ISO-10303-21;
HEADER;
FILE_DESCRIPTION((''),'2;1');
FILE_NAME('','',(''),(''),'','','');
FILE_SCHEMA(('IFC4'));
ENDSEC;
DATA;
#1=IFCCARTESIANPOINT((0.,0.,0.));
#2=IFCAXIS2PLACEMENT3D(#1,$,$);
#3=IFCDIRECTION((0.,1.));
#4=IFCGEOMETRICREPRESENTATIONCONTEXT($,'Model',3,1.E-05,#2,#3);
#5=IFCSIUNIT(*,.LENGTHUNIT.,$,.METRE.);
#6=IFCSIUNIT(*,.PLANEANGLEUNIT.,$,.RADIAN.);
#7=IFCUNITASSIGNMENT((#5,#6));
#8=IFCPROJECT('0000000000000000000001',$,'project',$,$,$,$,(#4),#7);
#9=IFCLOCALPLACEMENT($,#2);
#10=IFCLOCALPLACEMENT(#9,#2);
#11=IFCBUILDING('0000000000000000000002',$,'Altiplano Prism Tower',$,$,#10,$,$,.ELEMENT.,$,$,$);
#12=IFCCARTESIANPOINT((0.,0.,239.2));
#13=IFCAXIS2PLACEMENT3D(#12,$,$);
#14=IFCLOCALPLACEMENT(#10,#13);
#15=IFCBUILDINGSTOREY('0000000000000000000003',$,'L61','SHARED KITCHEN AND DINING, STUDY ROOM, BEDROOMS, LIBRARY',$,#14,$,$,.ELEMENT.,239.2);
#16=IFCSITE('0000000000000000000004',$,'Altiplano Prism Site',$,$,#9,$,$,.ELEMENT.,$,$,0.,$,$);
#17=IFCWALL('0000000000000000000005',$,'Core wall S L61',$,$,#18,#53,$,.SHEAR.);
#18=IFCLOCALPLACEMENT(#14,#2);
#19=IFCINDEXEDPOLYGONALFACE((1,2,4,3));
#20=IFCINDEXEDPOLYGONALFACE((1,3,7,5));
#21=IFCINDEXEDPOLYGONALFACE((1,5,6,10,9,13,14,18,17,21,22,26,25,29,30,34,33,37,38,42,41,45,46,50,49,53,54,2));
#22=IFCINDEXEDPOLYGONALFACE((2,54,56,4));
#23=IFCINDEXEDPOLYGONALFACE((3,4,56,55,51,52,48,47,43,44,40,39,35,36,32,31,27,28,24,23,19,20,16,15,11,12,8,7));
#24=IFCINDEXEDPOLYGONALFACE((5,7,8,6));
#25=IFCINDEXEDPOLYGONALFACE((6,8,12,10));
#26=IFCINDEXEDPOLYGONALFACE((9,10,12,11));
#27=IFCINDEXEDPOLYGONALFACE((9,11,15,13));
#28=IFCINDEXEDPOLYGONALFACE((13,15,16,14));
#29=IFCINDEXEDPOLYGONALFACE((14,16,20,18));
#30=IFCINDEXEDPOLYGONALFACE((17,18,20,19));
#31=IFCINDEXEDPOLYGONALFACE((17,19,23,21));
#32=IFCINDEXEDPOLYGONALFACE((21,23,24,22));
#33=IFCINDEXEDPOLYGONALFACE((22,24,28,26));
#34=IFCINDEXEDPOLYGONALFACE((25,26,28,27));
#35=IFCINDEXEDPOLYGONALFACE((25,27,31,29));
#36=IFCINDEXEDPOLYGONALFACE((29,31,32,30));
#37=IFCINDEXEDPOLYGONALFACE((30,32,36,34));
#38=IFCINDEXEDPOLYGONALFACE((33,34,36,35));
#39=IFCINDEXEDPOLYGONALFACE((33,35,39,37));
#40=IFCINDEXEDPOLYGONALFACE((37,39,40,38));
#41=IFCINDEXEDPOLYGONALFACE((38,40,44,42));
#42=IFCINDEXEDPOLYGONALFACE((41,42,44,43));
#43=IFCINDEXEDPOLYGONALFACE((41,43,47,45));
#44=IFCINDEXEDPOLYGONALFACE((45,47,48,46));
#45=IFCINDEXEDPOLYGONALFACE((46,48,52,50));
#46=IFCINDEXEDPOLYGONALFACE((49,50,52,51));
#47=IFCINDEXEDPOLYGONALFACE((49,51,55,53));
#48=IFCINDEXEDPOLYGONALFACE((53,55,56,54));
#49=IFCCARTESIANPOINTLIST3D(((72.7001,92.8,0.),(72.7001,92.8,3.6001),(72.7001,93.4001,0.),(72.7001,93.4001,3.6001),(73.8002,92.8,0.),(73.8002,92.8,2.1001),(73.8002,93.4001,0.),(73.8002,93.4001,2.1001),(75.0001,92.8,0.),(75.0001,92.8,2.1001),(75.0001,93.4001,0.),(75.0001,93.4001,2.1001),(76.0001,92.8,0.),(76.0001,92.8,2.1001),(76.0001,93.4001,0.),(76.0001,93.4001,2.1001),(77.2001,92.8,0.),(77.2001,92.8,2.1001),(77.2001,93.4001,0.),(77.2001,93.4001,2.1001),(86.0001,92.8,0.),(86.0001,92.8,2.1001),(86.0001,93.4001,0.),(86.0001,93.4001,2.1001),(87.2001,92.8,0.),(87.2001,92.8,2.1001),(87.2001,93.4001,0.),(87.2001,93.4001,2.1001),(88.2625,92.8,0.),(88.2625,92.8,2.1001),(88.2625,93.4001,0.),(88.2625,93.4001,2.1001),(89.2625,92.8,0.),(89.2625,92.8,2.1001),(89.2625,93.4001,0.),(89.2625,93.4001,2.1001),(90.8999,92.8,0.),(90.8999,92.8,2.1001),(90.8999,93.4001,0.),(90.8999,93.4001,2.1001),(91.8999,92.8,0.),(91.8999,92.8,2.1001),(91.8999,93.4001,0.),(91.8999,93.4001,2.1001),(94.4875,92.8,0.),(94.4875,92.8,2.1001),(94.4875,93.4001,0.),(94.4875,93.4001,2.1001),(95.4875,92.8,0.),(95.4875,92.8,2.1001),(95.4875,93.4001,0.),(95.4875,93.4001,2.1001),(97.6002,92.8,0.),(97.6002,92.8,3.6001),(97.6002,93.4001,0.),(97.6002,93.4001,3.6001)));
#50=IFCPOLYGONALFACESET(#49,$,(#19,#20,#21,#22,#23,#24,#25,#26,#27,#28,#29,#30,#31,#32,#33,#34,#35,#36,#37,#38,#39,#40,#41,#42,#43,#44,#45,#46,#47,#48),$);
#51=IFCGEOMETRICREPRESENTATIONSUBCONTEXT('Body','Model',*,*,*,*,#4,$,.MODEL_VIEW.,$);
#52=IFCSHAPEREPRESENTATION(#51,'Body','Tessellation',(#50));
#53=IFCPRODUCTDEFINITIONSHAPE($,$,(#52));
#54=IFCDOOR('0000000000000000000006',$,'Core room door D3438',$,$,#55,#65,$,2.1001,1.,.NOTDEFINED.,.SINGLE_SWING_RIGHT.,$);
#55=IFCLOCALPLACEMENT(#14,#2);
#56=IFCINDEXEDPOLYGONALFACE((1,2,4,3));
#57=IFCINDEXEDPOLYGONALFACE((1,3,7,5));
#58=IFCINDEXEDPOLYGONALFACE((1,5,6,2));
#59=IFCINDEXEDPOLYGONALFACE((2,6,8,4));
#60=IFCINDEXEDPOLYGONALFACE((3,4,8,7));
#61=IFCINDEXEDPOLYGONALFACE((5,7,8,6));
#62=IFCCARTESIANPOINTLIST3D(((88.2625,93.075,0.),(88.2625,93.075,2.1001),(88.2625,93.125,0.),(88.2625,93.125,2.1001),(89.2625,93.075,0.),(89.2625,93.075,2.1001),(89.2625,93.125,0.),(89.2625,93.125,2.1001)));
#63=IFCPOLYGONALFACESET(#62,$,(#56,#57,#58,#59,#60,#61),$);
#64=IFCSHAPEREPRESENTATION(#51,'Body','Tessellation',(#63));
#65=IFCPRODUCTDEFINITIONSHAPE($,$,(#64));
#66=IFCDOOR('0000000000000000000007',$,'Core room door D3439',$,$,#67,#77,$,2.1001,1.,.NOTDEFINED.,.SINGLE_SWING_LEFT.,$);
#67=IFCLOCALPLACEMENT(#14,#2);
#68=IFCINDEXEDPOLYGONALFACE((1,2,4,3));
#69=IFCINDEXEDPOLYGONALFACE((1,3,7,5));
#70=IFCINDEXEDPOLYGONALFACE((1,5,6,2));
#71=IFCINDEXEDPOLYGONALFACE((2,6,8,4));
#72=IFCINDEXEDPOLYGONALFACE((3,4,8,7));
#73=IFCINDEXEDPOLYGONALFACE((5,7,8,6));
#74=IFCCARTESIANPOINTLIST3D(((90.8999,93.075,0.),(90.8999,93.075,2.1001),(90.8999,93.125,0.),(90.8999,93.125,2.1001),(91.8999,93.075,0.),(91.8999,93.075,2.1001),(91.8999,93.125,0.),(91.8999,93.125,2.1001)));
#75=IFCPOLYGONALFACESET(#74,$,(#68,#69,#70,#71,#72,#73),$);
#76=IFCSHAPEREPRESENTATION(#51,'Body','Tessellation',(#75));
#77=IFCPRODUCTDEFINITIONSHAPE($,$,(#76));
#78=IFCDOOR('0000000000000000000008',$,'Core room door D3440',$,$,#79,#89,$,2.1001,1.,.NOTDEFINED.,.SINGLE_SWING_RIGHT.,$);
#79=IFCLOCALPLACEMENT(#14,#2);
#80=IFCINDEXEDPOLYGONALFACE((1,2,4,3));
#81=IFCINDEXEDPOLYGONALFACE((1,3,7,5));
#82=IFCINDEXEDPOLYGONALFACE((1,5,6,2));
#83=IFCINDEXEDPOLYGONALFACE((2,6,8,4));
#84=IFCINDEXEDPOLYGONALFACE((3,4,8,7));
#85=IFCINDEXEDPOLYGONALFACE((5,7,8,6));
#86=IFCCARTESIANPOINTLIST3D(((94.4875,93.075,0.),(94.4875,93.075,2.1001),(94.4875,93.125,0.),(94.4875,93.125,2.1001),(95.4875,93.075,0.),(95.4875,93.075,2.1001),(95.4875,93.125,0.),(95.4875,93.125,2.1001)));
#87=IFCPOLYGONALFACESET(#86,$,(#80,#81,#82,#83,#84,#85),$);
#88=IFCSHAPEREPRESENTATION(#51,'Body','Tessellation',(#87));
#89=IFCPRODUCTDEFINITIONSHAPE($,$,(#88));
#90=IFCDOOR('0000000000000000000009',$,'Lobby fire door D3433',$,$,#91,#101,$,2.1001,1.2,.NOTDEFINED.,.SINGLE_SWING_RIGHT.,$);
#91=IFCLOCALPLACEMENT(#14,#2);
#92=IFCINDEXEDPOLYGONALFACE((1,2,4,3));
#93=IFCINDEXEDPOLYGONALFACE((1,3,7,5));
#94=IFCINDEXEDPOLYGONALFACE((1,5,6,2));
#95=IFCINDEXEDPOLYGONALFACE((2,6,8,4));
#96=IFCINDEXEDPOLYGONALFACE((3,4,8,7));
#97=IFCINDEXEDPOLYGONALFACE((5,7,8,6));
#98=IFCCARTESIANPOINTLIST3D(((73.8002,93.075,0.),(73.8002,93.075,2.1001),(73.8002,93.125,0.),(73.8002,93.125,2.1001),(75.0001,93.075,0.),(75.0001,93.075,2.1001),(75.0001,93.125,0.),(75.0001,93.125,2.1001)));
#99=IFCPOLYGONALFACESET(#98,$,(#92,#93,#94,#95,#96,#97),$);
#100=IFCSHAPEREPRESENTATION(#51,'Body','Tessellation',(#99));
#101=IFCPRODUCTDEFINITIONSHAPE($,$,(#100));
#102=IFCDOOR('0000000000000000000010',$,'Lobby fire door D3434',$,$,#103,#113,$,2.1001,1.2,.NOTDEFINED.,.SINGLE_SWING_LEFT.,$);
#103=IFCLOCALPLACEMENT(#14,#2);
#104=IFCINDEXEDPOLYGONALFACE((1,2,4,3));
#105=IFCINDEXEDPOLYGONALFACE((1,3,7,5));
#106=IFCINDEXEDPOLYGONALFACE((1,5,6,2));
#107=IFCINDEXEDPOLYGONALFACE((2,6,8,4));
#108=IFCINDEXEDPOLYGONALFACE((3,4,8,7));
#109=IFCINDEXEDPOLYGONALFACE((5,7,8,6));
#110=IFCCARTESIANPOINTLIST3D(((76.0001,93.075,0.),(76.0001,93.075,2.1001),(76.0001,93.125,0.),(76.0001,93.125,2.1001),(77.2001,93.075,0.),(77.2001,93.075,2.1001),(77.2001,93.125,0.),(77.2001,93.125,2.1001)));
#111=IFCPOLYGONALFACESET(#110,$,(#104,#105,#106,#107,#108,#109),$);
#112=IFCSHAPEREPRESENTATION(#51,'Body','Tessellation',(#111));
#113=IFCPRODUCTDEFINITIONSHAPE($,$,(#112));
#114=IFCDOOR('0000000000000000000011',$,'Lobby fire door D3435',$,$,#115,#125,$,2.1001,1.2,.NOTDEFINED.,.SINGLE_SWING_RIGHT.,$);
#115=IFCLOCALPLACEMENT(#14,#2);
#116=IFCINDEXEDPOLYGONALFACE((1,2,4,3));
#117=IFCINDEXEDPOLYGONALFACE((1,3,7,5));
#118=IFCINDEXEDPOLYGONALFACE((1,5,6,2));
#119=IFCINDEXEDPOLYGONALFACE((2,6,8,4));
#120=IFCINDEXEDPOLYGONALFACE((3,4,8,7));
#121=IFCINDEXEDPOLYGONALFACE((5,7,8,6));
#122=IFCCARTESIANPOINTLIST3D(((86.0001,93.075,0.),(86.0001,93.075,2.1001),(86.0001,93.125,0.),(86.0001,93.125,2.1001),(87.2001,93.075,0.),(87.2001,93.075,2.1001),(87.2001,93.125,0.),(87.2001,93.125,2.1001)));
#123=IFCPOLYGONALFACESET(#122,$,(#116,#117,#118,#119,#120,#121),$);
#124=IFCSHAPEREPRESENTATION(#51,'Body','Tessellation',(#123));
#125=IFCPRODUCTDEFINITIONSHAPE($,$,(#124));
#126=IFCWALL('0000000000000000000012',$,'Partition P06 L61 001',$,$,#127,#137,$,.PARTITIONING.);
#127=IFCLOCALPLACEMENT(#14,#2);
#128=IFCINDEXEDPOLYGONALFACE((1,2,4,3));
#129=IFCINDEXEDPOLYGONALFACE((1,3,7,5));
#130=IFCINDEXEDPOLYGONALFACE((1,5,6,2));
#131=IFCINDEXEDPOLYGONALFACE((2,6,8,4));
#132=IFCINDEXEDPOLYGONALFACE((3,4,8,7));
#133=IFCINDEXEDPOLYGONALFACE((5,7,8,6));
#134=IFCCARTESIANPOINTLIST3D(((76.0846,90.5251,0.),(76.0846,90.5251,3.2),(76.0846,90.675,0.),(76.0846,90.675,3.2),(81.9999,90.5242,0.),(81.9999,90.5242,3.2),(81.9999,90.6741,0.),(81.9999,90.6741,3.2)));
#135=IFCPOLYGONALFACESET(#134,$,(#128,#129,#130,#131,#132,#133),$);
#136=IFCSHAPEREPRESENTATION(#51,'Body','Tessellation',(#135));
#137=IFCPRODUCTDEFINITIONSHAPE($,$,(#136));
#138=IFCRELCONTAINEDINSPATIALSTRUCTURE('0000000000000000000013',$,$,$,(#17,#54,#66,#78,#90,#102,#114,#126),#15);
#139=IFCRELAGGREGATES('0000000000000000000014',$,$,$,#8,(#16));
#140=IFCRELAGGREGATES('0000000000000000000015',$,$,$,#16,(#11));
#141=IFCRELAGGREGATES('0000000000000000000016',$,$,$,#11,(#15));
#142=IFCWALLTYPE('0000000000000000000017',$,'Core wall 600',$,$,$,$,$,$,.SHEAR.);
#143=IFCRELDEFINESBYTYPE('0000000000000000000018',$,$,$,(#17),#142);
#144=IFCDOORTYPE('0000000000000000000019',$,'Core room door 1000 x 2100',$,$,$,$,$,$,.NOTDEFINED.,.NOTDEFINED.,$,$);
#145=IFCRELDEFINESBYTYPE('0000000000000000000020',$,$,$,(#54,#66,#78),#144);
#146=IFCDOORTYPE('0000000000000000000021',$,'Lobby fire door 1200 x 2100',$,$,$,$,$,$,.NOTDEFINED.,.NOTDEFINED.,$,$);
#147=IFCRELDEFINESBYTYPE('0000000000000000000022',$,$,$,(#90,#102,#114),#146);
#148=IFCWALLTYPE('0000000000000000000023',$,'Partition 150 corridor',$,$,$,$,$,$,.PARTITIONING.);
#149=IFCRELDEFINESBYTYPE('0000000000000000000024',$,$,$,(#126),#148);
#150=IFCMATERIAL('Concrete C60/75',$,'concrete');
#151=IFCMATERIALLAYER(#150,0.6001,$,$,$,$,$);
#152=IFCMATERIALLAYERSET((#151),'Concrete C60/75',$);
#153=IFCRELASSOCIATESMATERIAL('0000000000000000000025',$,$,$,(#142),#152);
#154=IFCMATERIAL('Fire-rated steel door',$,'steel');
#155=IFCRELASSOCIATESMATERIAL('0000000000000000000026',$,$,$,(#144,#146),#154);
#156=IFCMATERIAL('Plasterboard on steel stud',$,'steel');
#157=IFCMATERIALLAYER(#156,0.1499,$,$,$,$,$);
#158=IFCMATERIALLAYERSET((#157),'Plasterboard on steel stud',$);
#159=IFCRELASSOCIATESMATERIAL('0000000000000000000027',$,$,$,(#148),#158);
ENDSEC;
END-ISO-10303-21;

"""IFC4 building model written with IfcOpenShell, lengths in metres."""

from ifc_helpers import new_model, si_unit, direction, frame, frame_2d, origin, place, context, subcontext, project, spatial, rectangle, extrude, material, layer, layer_set, type_object, element, fill, save


model = new_model("IFC4")

# Units and contexts
model_context = context("Model", 3, precision=1e-05, world=origin(), true_north=direction((0.0, 1.0)))
body_context = subcontext(model_context, "Body", "Model", "MODEL_VIEW")
ifc_project = project(units=[si_unit("LENGTHUNIT", "METRE"), si_unit("PLANEANGLEUNIT", "RADIAN")], contexts=[model_context])

# Site, building, storey
site_placement = place(None, origin())
site = spatial("IfcSite", under=ifc_project, at=site_placement, Name="Altiplano Prism Site", CompositionType="ELEMENT", RefElevation=0.0)
building_placement = place(site_placement, origin())
building = spatial("IfcBuilding", under=site, at=building_placement, Name="Altiplano Prism Tower", CompositionType="ELEMENT")
storey_placement = place(building_placement, frame((0.0, 0.0, 239.2)))
storey = spatial("IfcBuildingStorey", under=building, at=storey_placement, Name="L61", Description="SHARED KITCHEN AND DINING, STUDY ROOM, BEDROOMS, LIBRARY", CompositionType="ELEMENT", Elevation=239.2)

# Wall, openings, doors
ifc_material_1 = material(Name="Concrete C60/75", Category="concrete")
ifc_layer_1 = layer(ifc_material_1, 0.6001)
ifc_layer_set_1 = layer_set([ifc_layer_1], Name="Concrete C60/75")
wall_type_1 = type_object("IfcWallType", Name="Core wall 600", PredefinedType="SHEAR", material=ifc_layer_set_1)
wall_1_placement = place(storey_placement, frame((72.7, 93.1001, 0.0), z_axis=(0.0, 0.0, 1.0), x_axis=(1.0, 0.0, 0.0)))
wall_1 = element("IfcWall", 1, at=wall_1_placement, inside=storey, type_object=wall_type_1, Name="Core wall S L61", PredefinedType="SHEAR", context=body_context, shape_type="SweptSolid", body=[
    extrude(rectangle(XDim=24.9001, YDim=0.6001, at=frame_2d((12.4502, 0.0))), origin(), (0.0, 0.0, 1.0), 3.6001),
])
opening_1_placement = place(wall_1_placement, frame((1.1001, 0.0, 0.0)))
opening_1 = element("IfcOpeningElement", 2, at=opening_1_placement, cuts=wall_1, PredefinedType="OPENING", context=body_context, shape_type="SweptSolid", body=[
    extrude(rectangle(XDim=1.2, YDim=2.1001, at=frame_2d((0.6001, 1.05))), frame((0.0, 0.3105, 0.0), z_axis=(0.0, -1.0, 0.0), x_axis=(1.0, 0.0, 0.0)), (0.0, 0.0, 1.0), 0.6211),
])
opening_2_placement = place(wall_1_placement, frame((3.3, 0.0, 0.0)))
opening_2 = element("IfcOpeningElement", 3, at=opening_2_placement, cuts=wall_1, PredefinedType="OPENING", context=body_context, shape_type="SweptSolid", body=[
    extrude(rectangle(XDim=1.2, YDim=2.1001, at=frame_2d((0.6001, 1.05))), frame((0.0, 0.3105, 0.0), z_axis=(0.0, -1.0, 0.0), x_axis=(1.0, 0.0, 0.0)), (0.0, 0.0, 1.0), 0.6211),
])
opening_3_placement = place(wall_1_placement, frame((13.3, 0.0, 0.0)))
opening_3 = element("IfcOpeningElement", 4, at=opening_3_placement, cuts=wall_1, PredefinedType="OPENING", context=body_context, shape_type="SweptSolid", body=[
    extrude(rectangle(XDim=1.2, YDim=2.1001, at=frame_2d((0.6001, 1.05))), frame((0.0, 0.3105, 0.0), z_axis=(0.0, -1.0, 0.0), x_axis=(1.0, 0.0, 0.0)), (0.0, 0.0, 1.0), 0.6211),
])
opening_4_placement = place(wall_1_placement, frame((15.5625, 0.0, 0.0)))
opening_4 = element("IfcOpeningElement", 5, at=opening_4_placement, cuts=wall_1, PredefinedType="OPENING", context=body_context, shape_type="SweptSolid", body=[
    extrude(rectangle(XDim=1.0, YDim=2.1001, at=frame_2d((0.5, 1.05))), frame((0.0, 0.3105, 0.0), z_axis=(0.0, -1.0, 0.0), x_axis=(1.0, 0.0, 0.0)), (0.0, 0.0, 1.0), 0.6211),
])
opening_5_placement = place(wall_1_placement, frame((18.2, 0.0, 0.0)))
opening_5 = element("IfcOpeningElement", 6, at=opening_5_placement, cuts=wall_1, PredefinedType="OPENING", context=body_context, shape_type="SweptSolid", body=[
    extrude(rectangle(XDim=1.0, YDim=2.1001, at=frame_2d((0.5, 1.05))), frame((0.0, 0.3105, 0.0), z_axis=(0.0, -1.0, 0.0), x_axis=(1.0, 0.0, 0.0)), (0.0, 0.0, 1.0), 0.6211),
])
opening_6_placement = place(wall_1_placement, frame((21.7876, 0.0, 0.0)))
opening_6 = element("IfcOpeningElement", 7, at=opening_6_placement, cuts=wall_1, PredefinedType="OPENING", context=body_context, shape_type="SweptSolid", body=[
    extrude(rectangle(XDim=1.0, YDim=2.1001, at=frame_2d((0.5, 1.05))), frame((0.0, 0.3105, 0.0), z_axis=(0.0, -1.0, 0.0), x_axis=(1.0, 0.0, 0.0)), (0.0, 0.0, 1.0), 0.6211),
])
ifc_material_2 = material(Name="Fire-rated steel door", Category="steel")
door_type_1 = type_object("IfcDoorType", Name="Core room door 1000 x 2100", OperationType="NOTDEFINED", PredefinedType="NOTDEFINED", material=ifc_material_2)
door_1_placement = place(opening_4_placement, origin())
door_1 = element("IfcDoor", 8, at=door_1_placement, inside=storey, type_object=door_type_1, Name="Core room door D3438", OperationType="SINGLE_SWING_RIGHT", OverallHeight=2.1001, OverallWidth=1.0, PredefinedType="NOTDEFINED", context=body_context, shape_type="SweptSolid", body=[
    extrude(rectangle(XDim=1.0, YDim=2.1001, at=frame_2d((0.5, 1.05))), frame((0.0, 0.0249, 0.0), z_axis=(0.0, -1.0, 0.0), x_axis=(1.0, 0.0, 0.0)), (0.0, 0.0, 1.0), 0.05),
])
fill(opening_4, door_1)
door_2_placement = place(opening_5_placement, origin())
door_2 = element("IfcDoor", 9, at=door_2_placement, inside=storey, type_object=door_type_1, Name="Core room door D3439", OperationType="SINGLE_SWING_LEFT", OverallHeight=2.1001, OverallWidth=1.0, PredefinedType="NOTDEFINED", context=body_context, shape_type="SweptSolid", body=[
    extrude(rectangle(XDim=1.0, YDim=2.1001, at=frame_2d((0.5, 1.05))), frame((0.0, 0.0249, 0.0), z_axis=(0.0, -1.0, 0.0), x_axis=(1.0, 0.0, 0.0)), (0.0, 0.0, 1.0), 0.05),
])
fill(opening_5, door_2)
door_3_placement = place(opening_6_placement, origin())
door_3 = element("IfcDoor", 10, at=door_3_placement, inside=storey, type_object=door_type_1, Name="Core room door D3440", OperationType="SINGLE_SWING_RIGHT", OverallHeight=2.1001, OverallWidth=1.0, PredefinedType="NOTDEFINED", context=body_context, shape_type="SweptSolid", body=[
    extrude(rectangle(XDim=1.0, YDim=2.1001, at=frame_2d((0.5, 1.05))), frame((0.0, 0.0249, 0.0), z_axis=(0.0, -1.0, 0.0), x_axis=(1.0, 0.0, 0.0)), (0.0, 0.0, 1.0), 0.05),
])
fill(opening_6, door_3)
door_type_2 = type_object("IfcDoorType", Name="Lobby fire door 1200 x 2100", OperationType="NOTDEFINED", PredefinedType="NOTDEFINED", material=ifc_material_2)
door_4_placement = place(opening_1_placement, origin())
door_4 = element("IfcDoor", 11, at=door_4_placement, inside=storey, type_object=door_type_2, Name="Lobby fire door D3433", OperationType="SINGLE_SWING_RIGHT", OverallHeight=2.1001, OverallWidth=1.2, PredefinedType="NOTDEFINED", context=body_context, shape_type="SweptSolid", body=[
    extrude(rectangle(XDim=1.2, YDim=2.1001, at=frame_2d((0.6001, 1.05))), frame((0.0, 0.0249, 0.0), z_axis=(0.0, -1.0, 0.0), x_axis=(1.0, 0.0, 0.0)), (0.0, 0.0, 1.0), 0.05),
])
fill(opening_1, door_4)
door_5_placement = place(opening_2_placement, origin())
door_5 = element("IfcDoor", 12, at=door_5_placement, inside=storey, type_object=door_type_2, Name="Lobby fire door D3434", OperationType="SINGLE_SWING_LEFT", OverallHeight=2.1001, OverallWidth=1.2, PredefinedType="NOTDEFINED", context=body_context, shape_type="SweptSolid", body=[
    extrude(rectangle(XDim=1.2, YDim=2.1001, at=frame_2d((0.6001, 1.05))), frame((0.0, 0.0249, 0.0), z_axis=(0.0, -1.0, 0.0), x_axis=(1.0, 0.0, 0.0)), (0.0, 0.0, 1.0), 0.05),
])
fill(opening_2, door_5)
door_6_placement = place(opening_3_placement, origin())
door_6 = element("IfcDoor", 13, at=door_6_placement, inside=storey, type_object=door_type_2, Name="Lobby fire door D3435", OperationType="SINGLE_SWING_RIGHT", OverallHeight=2.1001, OverallWidth=1.2, PredefinedType="NOTDEFINED", context=body_context, shape_type="SweptSolid", body=[
    extrude(rectangle(XDim=1.2, YDim=2.1001, at=frame_2d((0.6001, 1.05))), frame((0.0, 0.0249, 0.0), z_axis=(0.0, -1.0, 0.0), x_axis=(1.0, 0.0, 0.0)), (0.0, 0.0, 1.0), 0.05),
])
fill(opening_3, door_6)

# Wall
ifc_material_3 = material(Name="Plasterboard on steel stud", Category="steel")
ifc_layer_2 = layer(ifc_material_3, 0.1499)
ifc_layer_set_2 = layer_set([ifc_layer_2], Name="Plasterboard on steel stud")
wall_type_2 = type_object("IfcWallType", Name="Partition 150 corridor", PredefinedType="PARTITIONING", material=ifc_layer_set_2)
wall_2_placement = place(storey_placement, frame((76.0847, 90.6001, 0.0), z_axis=(0.0, 0.0, 1.0), x_axis=(1.0, -0.000165, 0.0)))
element("IfcWall", 14, at=wall_2_placement, inside=storey, type_object=wall_type_2, Name="Partition P06 L61 001", PredefinedType="PARTITIONING", context=body_context, shape_type="SweptSolid", body=[
    extrude(rectangle(XDim=5.9153, YDim=0.1499, at=frame_2d((2.9575, 0.0))), origin(), (0.0, 0.0, 1.0), 3.2),
])

save(model, "model.ifc")
